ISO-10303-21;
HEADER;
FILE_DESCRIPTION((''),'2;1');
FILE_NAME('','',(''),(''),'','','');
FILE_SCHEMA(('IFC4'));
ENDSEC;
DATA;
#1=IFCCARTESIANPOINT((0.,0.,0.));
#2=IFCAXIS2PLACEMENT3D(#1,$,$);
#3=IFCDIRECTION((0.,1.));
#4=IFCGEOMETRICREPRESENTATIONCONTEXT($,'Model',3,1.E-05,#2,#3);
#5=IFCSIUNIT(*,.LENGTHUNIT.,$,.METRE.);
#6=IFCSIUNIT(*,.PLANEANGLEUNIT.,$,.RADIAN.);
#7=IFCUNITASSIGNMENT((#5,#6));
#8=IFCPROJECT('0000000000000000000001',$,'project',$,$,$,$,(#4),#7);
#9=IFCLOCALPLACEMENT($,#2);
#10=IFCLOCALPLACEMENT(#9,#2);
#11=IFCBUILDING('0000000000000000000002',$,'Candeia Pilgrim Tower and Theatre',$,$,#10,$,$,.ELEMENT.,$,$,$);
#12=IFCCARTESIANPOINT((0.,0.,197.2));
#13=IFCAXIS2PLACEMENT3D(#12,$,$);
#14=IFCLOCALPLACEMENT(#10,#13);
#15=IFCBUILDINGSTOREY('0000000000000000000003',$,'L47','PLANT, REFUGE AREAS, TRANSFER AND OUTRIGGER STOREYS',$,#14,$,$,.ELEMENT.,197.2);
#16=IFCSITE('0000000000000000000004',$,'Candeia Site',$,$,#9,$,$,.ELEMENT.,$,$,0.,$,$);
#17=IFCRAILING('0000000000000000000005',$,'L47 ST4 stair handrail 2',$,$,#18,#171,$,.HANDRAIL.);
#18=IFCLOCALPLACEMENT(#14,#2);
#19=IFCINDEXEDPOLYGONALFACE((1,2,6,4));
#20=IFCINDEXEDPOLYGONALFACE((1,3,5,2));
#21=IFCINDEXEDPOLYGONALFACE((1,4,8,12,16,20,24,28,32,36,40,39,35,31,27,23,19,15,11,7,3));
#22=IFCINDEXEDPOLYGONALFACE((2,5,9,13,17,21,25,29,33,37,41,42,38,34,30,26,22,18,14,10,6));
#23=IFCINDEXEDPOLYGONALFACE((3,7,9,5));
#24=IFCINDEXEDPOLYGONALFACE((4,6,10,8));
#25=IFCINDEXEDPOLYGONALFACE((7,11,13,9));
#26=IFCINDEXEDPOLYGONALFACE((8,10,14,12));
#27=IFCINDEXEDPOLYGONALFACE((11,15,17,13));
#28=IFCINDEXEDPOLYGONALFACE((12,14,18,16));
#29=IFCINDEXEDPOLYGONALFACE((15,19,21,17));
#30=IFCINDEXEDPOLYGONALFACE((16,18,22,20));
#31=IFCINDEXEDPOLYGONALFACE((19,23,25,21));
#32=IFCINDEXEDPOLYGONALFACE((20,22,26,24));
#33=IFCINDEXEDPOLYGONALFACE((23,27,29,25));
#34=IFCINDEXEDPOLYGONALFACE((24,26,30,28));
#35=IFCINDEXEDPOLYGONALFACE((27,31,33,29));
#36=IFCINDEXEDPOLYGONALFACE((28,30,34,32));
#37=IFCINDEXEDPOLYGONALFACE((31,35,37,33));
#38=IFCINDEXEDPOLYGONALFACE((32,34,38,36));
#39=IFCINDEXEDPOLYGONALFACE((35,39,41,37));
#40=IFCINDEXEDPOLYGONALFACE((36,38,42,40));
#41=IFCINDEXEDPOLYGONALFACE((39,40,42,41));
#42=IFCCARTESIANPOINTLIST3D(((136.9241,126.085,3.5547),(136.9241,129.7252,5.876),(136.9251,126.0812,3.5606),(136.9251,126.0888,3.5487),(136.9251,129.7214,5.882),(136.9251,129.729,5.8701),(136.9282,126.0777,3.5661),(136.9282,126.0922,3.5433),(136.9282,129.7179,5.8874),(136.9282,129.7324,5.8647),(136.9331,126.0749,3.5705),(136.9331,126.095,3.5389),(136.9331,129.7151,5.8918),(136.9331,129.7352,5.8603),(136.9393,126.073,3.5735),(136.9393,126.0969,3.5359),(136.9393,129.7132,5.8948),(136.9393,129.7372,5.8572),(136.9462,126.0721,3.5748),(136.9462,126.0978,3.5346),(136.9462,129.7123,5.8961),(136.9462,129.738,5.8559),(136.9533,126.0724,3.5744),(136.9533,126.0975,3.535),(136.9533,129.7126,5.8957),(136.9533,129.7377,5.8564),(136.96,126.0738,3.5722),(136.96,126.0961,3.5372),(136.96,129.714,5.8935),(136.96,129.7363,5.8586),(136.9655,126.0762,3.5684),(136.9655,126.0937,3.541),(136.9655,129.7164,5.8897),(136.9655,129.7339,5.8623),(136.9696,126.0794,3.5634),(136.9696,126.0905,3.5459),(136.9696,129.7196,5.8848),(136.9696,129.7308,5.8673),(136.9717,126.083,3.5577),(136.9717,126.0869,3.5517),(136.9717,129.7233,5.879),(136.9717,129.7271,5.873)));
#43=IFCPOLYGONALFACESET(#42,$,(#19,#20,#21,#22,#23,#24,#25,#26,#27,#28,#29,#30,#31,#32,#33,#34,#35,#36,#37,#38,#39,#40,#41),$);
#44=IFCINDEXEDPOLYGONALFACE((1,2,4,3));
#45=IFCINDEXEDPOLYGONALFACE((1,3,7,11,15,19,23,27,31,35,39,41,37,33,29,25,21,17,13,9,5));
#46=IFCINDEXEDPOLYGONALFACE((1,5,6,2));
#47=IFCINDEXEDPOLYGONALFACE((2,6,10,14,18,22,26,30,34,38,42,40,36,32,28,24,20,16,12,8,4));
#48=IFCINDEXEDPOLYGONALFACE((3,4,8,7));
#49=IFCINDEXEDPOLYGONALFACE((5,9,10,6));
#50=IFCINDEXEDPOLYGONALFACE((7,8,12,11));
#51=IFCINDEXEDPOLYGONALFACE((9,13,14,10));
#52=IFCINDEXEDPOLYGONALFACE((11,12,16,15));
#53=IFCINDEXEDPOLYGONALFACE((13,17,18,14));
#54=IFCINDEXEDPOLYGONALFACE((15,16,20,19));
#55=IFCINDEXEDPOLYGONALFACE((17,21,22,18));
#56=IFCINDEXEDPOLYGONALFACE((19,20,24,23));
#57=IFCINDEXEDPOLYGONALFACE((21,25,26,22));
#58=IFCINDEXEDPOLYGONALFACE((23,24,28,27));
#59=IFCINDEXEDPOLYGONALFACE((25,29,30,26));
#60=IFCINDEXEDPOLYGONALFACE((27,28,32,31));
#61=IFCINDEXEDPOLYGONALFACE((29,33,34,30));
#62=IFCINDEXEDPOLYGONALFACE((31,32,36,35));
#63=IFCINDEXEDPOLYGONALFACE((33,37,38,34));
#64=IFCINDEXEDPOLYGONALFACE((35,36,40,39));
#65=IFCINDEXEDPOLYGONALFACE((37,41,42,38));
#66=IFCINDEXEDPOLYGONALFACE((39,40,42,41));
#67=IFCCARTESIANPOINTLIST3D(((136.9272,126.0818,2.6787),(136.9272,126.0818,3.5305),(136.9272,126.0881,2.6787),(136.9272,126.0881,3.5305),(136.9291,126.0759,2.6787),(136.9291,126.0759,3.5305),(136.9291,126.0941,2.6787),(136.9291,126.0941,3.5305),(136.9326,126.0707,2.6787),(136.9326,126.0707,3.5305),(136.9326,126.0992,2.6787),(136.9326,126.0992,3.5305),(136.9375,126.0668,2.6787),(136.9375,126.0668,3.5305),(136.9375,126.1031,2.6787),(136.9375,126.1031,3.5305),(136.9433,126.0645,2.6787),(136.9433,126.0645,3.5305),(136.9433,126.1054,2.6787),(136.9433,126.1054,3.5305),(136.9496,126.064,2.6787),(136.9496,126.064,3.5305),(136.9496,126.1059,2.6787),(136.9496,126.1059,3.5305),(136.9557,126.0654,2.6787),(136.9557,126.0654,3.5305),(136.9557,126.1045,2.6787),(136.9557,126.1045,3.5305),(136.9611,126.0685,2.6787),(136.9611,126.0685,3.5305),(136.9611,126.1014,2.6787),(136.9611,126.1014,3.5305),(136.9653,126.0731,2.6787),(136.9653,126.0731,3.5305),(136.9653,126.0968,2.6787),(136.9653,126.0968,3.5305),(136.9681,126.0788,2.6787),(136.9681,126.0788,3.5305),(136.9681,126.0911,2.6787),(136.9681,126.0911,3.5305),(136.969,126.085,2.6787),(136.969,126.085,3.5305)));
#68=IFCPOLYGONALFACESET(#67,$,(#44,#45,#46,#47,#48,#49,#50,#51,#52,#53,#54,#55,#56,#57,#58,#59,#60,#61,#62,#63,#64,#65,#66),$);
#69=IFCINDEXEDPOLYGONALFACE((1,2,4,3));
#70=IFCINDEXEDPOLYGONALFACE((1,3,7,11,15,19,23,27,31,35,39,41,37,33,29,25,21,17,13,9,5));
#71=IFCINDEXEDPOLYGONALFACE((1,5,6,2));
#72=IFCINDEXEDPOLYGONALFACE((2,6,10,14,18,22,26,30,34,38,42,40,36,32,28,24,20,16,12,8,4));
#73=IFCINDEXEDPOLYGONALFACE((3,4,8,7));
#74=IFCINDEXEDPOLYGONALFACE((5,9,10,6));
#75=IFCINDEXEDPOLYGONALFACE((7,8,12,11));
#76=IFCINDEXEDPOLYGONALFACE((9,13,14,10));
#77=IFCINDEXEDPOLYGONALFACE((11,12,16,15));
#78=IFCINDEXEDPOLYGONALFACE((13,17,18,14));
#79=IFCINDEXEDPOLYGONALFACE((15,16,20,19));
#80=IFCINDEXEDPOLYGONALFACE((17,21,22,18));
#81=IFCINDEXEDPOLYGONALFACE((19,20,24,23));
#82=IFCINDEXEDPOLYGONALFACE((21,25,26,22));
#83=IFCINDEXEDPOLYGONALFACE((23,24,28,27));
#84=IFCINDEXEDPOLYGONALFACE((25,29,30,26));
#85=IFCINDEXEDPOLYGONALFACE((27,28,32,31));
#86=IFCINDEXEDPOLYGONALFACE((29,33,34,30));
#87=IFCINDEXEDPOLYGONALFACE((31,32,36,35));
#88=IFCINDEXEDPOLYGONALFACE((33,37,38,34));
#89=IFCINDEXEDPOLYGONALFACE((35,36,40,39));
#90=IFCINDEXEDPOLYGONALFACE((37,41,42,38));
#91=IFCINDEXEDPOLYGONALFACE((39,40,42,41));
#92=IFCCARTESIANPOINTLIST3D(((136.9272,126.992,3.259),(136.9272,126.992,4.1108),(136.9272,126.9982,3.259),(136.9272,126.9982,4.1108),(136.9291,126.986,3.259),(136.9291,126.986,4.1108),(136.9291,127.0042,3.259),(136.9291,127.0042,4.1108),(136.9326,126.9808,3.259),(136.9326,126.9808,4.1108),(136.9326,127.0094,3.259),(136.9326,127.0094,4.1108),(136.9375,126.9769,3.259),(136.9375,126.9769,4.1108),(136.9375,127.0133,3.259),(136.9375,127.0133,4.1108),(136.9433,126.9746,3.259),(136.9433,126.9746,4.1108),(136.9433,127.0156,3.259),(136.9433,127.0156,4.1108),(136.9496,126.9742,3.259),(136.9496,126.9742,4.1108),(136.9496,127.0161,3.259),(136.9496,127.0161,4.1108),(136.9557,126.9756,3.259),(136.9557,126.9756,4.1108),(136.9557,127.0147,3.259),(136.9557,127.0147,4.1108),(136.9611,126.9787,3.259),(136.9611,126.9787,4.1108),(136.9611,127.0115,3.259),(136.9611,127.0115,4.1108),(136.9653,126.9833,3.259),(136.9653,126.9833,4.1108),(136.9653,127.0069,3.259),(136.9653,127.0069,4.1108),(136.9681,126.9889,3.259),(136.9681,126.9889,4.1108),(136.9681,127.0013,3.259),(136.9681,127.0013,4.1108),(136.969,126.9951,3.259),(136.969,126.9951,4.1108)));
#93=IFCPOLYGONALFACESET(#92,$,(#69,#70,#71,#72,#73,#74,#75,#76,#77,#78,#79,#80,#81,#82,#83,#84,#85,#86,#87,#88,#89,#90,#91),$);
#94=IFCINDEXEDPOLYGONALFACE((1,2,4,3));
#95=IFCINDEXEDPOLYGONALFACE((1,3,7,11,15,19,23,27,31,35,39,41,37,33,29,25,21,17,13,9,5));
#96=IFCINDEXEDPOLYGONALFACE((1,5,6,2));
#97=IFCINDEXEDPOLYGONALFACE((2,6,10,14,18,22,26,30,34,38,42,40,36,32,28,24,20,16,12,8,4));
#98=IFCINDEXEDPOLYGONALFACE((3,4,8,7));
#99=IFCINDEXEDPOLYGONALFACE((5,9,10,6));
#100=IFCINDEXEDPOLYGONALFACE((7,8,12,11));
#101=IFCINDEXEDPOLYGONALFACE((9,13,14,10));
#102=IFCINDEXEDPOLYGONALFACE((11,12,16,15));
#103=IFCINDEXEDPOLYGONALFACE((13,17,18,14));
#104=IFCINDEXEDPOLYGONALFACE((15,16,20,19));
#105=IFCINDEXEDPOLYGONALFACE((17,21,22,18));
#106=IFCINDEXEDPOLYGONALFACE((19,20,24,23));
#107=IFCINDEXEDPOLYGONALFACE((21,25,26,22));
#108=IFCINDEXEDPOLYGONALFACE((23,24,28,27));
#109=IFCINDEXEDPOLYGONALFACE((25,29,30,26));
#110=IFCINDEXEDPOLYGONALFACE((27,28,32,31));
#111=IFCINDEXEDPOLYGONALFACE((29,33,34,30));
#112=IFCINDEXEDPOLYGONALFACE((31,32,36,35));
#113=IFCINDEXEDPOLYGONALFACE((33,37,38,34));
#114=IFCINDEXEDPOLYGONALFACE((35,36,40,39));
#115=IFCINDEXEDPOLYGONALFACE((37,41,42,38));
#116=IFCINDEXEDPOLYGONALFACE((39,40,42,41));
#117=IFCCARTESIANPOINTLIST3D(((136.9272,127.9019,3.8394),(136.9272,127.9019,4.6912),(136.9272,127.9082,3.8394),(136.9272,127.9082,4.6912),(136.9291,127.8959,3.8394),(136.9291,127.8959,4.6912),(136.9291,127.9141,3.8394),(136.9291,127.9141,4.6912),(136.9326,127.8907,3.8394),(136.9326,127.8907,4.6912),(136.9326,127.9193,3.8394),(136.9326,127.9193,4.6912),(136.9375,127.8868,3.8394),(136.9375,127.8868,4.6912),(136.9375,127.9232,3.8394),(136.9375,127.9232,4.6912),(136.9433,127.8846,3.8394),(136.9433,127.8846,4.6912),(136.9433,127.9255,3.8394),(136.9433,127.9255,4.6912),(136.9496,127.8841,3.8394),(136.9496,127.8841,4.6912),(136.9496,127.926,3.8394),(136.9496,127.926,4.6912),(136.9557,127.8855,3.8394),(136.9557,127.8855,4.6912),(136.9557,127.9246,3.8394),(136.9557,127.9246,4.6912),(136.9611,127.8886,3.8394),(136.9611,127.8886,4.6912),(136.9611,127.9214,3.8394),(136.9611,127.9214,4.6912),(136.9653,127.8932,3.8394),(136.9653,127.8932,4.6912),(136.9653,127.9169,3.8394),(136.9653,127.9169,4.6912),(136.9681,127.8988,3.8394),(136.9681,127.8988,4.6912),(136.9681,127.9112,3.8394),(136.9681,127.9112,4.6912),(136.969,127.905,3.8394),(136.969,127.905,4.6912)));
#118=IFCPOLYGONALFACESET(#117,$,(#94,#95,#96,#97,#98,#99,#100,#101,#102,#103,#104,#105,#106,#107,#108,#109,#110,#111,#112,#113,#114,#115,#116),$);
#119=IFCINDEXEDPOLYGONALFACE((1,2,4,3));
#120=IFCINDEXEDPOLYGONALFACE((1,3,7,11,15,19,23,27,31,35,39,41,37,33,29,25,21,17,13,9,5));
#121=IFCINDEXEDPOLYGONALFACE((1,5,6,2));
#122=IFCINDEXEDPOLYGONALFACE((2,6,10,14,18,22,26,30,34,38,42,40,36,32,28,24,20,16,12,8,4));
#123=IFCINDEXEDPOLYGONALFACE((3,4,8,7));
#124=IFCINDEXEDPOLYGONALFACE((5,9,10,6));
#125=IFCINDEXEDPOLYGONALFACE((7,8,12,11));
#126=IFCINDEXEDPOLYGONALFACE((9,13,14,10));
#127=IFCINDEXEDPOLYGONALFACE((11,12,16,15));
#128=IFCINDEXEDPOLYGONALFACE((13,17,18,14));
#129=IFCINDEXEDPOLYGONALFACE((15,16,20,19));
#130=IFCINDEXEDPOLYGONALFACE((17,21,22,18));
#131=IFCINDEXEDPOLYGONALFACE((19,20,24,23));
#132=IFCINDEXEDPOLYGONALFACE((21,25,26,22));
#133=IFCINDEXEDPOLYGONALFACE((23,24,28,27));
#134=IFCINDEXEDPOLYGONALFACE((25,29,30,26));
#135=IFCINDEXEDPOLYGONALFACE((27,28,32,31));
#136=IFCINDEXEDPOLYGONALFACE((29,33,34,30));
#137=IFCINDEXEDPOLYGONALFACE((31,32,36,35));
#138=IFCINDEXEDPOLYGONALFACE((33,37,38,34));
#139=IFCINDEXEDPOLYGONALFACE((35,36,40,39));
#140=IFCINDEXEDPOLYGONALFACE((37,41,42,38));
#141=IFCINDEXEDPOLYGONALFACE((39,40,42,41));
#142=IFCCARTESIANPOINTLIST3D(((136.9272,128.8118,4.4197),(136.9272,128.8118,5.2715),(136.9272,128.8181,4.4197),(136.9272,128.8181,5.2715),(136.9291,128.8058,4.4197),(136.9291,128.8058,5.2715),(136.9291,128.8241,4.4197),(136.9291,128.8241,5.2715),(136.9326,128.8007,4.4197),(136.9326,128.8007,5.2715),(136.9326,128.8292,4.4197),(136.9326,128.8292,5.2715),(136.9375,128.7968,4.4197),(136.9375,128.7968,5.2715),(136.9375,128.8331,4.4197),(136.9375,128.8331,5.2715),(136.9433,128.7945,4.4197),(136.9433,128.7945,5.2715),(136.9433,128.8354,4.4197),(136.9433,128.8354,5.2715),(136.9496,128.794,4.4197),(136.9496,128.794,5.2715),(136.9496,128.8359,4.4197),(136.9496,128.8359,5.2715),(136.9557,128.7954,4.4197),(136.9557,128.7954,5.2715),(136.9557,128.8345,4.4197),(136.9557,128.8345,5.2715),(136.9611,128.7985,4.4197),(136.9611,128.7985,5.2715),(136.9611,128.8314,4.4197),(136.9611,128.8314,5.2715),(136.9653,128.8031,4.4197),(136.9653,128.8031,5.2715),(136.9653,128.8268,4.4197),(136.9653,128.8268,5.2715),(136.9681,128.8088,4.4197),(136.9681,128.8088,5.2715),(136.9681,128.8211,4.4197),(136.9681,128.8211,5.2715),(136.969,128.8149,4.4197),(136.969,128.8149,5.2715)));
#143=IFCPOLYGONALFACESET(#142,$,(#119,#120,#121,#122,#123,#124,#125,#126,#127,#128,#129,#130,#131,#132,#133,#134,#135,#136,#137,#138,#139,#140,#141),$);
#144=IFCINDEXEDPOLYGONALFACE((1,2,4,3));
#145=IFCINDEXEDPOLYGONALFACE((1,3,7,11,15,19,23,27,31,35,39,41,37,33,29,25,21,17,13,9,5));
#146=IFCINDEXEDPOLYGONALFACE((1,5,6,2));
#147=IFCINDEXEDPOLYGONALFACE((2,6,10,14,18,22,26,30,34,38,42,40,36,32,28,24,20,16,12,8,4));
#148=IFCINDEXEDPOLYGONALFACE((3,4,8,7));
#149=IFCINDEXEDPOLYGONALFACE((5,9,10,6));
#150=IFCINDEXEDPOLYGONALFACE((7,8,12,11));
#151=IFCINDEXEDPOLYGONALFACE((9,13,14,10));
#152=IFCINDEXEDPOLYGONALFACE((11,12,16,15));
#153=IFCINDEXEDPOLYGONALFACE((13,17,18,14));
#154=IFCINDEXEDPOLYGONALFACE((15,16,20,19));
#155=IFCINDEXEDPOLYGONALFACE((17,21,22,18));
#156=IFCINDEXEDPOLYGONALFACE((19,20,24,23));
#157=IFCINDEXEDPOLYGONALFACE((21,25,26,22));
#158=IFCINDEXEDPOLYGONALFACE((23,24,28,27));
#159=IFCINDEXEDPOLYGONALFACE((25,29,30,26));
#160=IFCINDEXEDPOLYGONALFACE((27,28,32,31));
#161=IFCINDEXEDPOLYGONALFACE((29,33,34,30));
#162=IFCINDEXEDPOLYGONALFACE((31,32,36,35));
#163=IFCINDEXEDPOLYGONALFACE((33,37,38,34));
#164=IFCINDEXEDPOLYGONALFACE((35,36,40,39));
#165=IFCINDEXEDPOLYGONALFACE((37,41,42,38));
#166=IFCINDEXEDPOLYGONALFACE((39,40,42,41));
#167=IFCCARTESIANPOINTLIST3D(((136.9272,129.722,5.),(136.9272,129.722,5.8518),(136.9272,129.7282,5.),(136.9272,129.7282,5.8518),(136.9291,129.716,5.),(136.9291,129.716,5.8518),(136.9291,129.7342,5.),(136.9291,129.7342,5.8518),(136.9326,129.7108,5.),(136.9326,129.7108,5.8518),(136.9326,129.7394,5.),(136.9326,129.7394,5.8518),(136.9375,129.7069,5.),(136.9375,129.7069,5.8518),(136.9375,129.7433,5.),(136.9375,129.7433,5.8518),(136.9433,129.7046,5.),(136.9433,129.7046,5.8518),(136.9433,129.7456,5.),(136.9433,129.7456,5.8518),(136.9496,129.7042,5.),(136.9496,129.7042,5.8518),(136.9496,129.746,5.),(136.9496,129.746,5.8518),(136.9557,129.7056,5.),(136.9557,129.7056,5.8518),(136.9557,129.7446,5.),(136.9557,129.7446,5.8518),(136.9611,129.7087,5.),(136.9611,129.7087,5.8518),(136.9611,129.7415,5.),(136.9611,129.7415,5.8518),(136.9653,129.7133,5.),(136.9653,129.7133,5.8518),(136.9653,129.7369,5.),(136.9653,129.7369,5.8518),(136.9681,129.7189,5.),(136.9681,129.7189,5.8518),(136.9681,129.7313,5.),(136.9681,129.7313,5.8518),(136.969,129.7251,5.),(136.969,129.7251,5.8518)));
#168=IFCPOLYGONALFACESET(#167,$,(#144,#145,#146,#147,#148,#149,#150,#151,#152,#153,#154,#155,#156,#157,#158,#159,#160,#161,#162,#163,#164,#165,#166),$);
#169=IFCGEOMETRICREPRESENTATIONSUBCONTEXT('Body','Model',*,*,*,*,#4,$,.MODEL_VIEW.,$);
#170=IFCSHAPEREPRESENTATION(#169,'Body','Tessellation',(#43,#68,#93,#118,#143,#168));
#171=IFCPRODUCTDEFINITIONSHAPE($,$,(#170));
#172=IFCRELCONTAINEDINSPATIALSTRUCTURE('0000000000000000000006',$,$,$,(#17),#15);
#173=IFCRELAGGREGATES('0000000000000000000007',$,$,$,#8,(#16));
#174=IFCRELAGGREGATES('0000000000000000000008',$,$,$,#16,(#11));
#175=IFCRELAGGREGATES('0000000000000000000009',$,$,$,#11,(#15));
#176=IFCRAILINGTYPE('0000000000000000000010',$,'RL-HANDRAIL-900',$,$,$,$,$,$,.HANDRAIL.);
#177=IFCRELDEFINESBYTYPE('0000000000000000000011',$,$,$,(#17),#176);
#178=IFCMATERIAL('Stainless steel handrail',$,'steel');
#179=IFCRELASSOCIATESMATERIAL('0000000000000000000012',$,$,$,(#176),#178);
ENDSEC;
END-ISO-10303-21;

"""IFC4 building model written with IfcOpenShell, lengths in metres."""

from ifc_helpers import new_model, si_unit, direction, frame, origin, origin_2d, place, context, subcontext, project, spatial, circle, extrude, material, type_object, element, save


model = new_model("IFC4")

# Units and contexts
model_context = context("Model", 3, precision=1e-05, world=origin(), true_north=direction((0.0, 1.0)))
body_context = subcontext(model_context, "Body", "Model", "MODEL_VIEW")
ifc_project = project(units=[si_unit("LENGTHUNIT", "METRE"), si_unit("PLANEANGLEUNIT", "RADIAN")], contexts=[model_context])

# Site, building, storey
site_placement = place(None, origin())
site = spatial("IfcSite", under=ifc_project, at=site_placement, Name="Candeia Site", CompositionType="ELEMENT", RefElevation=0.0)
building_placement = place(site_placement, origin())
building = spatial("IfcBuilding", under=site, at=building_placement, Name="Candeia Pilgrim Tower and Theatre", CompositionType="ELEMENT")
storey_placement = place(building_placement, frame((0.0, 0.0, 197.2)))
storey = spatial("IfcBuildingStorey", under=building, at=storey_placement, Name="L47", Description="PLANT, REFUGE AREAS, TRANSFER AND OUTRIGGER STOREYS", CompositionType="ELEMENT", Elevation=197.2)

# Railing
ifc_material_1 = material(Name="Stainless steel handrail", Category="steel")
railing_type_1 = type_object("IfcRailingType", Name="RL-HANDRAIL-900", PredefinedType="HANDRAIL", material=ifc_material_1)
railing_1_placement = place(storey_placement, frame((136.948, 126.085, 2.6787)))
element("IfcRailing", 1, at=railing_1_placement, inside=storey, type_object=railing_type_1, Name="L47 ST4 stair handrail 2", PredefinedType="HANDRAIL", context=body_context, shape_type="SweptSolid", body=[
    extrude(circle(Radius=0.0239, at=origin_2d()), frame((0.0, 0.0, 0.876), z_axis=(0.0, 0.843153, 0.537673), x_axis=(-1.0, 0.0, 0.0)), (0.0, 0.0, 1.0), 4.3174),
    extrude(circle(Radius=0.021, at=origin_2d()), origin(), (0.0, 0.0, 1.0), 0.8518),
    extrude(circle(Radius=0.021, at=origin_2d()), frame((0.0, 0.9102, 0.5803)), (0.0, 0.0, 1.0), 0.8518),
    extrude(circle(Radius=0.021, at=origin_2d()), frame((0.0, 1.8201, 1.1606)), (0.0, 0.0, 1.0), 0.8518),
    extrude(circle(Radius=0.021, at=origin_2d()), frame((0.0, 2.73, 1.741)), (0.0, 0.0, 1.0), 0.8518),
    extrude(circle(Radius=0.021, at=origin_2d()), frame((0.0, 3.6401, 2.3213)), (0.0, 0.0, 1.0), 0.8518),
])

save(model, "model.ifc")
